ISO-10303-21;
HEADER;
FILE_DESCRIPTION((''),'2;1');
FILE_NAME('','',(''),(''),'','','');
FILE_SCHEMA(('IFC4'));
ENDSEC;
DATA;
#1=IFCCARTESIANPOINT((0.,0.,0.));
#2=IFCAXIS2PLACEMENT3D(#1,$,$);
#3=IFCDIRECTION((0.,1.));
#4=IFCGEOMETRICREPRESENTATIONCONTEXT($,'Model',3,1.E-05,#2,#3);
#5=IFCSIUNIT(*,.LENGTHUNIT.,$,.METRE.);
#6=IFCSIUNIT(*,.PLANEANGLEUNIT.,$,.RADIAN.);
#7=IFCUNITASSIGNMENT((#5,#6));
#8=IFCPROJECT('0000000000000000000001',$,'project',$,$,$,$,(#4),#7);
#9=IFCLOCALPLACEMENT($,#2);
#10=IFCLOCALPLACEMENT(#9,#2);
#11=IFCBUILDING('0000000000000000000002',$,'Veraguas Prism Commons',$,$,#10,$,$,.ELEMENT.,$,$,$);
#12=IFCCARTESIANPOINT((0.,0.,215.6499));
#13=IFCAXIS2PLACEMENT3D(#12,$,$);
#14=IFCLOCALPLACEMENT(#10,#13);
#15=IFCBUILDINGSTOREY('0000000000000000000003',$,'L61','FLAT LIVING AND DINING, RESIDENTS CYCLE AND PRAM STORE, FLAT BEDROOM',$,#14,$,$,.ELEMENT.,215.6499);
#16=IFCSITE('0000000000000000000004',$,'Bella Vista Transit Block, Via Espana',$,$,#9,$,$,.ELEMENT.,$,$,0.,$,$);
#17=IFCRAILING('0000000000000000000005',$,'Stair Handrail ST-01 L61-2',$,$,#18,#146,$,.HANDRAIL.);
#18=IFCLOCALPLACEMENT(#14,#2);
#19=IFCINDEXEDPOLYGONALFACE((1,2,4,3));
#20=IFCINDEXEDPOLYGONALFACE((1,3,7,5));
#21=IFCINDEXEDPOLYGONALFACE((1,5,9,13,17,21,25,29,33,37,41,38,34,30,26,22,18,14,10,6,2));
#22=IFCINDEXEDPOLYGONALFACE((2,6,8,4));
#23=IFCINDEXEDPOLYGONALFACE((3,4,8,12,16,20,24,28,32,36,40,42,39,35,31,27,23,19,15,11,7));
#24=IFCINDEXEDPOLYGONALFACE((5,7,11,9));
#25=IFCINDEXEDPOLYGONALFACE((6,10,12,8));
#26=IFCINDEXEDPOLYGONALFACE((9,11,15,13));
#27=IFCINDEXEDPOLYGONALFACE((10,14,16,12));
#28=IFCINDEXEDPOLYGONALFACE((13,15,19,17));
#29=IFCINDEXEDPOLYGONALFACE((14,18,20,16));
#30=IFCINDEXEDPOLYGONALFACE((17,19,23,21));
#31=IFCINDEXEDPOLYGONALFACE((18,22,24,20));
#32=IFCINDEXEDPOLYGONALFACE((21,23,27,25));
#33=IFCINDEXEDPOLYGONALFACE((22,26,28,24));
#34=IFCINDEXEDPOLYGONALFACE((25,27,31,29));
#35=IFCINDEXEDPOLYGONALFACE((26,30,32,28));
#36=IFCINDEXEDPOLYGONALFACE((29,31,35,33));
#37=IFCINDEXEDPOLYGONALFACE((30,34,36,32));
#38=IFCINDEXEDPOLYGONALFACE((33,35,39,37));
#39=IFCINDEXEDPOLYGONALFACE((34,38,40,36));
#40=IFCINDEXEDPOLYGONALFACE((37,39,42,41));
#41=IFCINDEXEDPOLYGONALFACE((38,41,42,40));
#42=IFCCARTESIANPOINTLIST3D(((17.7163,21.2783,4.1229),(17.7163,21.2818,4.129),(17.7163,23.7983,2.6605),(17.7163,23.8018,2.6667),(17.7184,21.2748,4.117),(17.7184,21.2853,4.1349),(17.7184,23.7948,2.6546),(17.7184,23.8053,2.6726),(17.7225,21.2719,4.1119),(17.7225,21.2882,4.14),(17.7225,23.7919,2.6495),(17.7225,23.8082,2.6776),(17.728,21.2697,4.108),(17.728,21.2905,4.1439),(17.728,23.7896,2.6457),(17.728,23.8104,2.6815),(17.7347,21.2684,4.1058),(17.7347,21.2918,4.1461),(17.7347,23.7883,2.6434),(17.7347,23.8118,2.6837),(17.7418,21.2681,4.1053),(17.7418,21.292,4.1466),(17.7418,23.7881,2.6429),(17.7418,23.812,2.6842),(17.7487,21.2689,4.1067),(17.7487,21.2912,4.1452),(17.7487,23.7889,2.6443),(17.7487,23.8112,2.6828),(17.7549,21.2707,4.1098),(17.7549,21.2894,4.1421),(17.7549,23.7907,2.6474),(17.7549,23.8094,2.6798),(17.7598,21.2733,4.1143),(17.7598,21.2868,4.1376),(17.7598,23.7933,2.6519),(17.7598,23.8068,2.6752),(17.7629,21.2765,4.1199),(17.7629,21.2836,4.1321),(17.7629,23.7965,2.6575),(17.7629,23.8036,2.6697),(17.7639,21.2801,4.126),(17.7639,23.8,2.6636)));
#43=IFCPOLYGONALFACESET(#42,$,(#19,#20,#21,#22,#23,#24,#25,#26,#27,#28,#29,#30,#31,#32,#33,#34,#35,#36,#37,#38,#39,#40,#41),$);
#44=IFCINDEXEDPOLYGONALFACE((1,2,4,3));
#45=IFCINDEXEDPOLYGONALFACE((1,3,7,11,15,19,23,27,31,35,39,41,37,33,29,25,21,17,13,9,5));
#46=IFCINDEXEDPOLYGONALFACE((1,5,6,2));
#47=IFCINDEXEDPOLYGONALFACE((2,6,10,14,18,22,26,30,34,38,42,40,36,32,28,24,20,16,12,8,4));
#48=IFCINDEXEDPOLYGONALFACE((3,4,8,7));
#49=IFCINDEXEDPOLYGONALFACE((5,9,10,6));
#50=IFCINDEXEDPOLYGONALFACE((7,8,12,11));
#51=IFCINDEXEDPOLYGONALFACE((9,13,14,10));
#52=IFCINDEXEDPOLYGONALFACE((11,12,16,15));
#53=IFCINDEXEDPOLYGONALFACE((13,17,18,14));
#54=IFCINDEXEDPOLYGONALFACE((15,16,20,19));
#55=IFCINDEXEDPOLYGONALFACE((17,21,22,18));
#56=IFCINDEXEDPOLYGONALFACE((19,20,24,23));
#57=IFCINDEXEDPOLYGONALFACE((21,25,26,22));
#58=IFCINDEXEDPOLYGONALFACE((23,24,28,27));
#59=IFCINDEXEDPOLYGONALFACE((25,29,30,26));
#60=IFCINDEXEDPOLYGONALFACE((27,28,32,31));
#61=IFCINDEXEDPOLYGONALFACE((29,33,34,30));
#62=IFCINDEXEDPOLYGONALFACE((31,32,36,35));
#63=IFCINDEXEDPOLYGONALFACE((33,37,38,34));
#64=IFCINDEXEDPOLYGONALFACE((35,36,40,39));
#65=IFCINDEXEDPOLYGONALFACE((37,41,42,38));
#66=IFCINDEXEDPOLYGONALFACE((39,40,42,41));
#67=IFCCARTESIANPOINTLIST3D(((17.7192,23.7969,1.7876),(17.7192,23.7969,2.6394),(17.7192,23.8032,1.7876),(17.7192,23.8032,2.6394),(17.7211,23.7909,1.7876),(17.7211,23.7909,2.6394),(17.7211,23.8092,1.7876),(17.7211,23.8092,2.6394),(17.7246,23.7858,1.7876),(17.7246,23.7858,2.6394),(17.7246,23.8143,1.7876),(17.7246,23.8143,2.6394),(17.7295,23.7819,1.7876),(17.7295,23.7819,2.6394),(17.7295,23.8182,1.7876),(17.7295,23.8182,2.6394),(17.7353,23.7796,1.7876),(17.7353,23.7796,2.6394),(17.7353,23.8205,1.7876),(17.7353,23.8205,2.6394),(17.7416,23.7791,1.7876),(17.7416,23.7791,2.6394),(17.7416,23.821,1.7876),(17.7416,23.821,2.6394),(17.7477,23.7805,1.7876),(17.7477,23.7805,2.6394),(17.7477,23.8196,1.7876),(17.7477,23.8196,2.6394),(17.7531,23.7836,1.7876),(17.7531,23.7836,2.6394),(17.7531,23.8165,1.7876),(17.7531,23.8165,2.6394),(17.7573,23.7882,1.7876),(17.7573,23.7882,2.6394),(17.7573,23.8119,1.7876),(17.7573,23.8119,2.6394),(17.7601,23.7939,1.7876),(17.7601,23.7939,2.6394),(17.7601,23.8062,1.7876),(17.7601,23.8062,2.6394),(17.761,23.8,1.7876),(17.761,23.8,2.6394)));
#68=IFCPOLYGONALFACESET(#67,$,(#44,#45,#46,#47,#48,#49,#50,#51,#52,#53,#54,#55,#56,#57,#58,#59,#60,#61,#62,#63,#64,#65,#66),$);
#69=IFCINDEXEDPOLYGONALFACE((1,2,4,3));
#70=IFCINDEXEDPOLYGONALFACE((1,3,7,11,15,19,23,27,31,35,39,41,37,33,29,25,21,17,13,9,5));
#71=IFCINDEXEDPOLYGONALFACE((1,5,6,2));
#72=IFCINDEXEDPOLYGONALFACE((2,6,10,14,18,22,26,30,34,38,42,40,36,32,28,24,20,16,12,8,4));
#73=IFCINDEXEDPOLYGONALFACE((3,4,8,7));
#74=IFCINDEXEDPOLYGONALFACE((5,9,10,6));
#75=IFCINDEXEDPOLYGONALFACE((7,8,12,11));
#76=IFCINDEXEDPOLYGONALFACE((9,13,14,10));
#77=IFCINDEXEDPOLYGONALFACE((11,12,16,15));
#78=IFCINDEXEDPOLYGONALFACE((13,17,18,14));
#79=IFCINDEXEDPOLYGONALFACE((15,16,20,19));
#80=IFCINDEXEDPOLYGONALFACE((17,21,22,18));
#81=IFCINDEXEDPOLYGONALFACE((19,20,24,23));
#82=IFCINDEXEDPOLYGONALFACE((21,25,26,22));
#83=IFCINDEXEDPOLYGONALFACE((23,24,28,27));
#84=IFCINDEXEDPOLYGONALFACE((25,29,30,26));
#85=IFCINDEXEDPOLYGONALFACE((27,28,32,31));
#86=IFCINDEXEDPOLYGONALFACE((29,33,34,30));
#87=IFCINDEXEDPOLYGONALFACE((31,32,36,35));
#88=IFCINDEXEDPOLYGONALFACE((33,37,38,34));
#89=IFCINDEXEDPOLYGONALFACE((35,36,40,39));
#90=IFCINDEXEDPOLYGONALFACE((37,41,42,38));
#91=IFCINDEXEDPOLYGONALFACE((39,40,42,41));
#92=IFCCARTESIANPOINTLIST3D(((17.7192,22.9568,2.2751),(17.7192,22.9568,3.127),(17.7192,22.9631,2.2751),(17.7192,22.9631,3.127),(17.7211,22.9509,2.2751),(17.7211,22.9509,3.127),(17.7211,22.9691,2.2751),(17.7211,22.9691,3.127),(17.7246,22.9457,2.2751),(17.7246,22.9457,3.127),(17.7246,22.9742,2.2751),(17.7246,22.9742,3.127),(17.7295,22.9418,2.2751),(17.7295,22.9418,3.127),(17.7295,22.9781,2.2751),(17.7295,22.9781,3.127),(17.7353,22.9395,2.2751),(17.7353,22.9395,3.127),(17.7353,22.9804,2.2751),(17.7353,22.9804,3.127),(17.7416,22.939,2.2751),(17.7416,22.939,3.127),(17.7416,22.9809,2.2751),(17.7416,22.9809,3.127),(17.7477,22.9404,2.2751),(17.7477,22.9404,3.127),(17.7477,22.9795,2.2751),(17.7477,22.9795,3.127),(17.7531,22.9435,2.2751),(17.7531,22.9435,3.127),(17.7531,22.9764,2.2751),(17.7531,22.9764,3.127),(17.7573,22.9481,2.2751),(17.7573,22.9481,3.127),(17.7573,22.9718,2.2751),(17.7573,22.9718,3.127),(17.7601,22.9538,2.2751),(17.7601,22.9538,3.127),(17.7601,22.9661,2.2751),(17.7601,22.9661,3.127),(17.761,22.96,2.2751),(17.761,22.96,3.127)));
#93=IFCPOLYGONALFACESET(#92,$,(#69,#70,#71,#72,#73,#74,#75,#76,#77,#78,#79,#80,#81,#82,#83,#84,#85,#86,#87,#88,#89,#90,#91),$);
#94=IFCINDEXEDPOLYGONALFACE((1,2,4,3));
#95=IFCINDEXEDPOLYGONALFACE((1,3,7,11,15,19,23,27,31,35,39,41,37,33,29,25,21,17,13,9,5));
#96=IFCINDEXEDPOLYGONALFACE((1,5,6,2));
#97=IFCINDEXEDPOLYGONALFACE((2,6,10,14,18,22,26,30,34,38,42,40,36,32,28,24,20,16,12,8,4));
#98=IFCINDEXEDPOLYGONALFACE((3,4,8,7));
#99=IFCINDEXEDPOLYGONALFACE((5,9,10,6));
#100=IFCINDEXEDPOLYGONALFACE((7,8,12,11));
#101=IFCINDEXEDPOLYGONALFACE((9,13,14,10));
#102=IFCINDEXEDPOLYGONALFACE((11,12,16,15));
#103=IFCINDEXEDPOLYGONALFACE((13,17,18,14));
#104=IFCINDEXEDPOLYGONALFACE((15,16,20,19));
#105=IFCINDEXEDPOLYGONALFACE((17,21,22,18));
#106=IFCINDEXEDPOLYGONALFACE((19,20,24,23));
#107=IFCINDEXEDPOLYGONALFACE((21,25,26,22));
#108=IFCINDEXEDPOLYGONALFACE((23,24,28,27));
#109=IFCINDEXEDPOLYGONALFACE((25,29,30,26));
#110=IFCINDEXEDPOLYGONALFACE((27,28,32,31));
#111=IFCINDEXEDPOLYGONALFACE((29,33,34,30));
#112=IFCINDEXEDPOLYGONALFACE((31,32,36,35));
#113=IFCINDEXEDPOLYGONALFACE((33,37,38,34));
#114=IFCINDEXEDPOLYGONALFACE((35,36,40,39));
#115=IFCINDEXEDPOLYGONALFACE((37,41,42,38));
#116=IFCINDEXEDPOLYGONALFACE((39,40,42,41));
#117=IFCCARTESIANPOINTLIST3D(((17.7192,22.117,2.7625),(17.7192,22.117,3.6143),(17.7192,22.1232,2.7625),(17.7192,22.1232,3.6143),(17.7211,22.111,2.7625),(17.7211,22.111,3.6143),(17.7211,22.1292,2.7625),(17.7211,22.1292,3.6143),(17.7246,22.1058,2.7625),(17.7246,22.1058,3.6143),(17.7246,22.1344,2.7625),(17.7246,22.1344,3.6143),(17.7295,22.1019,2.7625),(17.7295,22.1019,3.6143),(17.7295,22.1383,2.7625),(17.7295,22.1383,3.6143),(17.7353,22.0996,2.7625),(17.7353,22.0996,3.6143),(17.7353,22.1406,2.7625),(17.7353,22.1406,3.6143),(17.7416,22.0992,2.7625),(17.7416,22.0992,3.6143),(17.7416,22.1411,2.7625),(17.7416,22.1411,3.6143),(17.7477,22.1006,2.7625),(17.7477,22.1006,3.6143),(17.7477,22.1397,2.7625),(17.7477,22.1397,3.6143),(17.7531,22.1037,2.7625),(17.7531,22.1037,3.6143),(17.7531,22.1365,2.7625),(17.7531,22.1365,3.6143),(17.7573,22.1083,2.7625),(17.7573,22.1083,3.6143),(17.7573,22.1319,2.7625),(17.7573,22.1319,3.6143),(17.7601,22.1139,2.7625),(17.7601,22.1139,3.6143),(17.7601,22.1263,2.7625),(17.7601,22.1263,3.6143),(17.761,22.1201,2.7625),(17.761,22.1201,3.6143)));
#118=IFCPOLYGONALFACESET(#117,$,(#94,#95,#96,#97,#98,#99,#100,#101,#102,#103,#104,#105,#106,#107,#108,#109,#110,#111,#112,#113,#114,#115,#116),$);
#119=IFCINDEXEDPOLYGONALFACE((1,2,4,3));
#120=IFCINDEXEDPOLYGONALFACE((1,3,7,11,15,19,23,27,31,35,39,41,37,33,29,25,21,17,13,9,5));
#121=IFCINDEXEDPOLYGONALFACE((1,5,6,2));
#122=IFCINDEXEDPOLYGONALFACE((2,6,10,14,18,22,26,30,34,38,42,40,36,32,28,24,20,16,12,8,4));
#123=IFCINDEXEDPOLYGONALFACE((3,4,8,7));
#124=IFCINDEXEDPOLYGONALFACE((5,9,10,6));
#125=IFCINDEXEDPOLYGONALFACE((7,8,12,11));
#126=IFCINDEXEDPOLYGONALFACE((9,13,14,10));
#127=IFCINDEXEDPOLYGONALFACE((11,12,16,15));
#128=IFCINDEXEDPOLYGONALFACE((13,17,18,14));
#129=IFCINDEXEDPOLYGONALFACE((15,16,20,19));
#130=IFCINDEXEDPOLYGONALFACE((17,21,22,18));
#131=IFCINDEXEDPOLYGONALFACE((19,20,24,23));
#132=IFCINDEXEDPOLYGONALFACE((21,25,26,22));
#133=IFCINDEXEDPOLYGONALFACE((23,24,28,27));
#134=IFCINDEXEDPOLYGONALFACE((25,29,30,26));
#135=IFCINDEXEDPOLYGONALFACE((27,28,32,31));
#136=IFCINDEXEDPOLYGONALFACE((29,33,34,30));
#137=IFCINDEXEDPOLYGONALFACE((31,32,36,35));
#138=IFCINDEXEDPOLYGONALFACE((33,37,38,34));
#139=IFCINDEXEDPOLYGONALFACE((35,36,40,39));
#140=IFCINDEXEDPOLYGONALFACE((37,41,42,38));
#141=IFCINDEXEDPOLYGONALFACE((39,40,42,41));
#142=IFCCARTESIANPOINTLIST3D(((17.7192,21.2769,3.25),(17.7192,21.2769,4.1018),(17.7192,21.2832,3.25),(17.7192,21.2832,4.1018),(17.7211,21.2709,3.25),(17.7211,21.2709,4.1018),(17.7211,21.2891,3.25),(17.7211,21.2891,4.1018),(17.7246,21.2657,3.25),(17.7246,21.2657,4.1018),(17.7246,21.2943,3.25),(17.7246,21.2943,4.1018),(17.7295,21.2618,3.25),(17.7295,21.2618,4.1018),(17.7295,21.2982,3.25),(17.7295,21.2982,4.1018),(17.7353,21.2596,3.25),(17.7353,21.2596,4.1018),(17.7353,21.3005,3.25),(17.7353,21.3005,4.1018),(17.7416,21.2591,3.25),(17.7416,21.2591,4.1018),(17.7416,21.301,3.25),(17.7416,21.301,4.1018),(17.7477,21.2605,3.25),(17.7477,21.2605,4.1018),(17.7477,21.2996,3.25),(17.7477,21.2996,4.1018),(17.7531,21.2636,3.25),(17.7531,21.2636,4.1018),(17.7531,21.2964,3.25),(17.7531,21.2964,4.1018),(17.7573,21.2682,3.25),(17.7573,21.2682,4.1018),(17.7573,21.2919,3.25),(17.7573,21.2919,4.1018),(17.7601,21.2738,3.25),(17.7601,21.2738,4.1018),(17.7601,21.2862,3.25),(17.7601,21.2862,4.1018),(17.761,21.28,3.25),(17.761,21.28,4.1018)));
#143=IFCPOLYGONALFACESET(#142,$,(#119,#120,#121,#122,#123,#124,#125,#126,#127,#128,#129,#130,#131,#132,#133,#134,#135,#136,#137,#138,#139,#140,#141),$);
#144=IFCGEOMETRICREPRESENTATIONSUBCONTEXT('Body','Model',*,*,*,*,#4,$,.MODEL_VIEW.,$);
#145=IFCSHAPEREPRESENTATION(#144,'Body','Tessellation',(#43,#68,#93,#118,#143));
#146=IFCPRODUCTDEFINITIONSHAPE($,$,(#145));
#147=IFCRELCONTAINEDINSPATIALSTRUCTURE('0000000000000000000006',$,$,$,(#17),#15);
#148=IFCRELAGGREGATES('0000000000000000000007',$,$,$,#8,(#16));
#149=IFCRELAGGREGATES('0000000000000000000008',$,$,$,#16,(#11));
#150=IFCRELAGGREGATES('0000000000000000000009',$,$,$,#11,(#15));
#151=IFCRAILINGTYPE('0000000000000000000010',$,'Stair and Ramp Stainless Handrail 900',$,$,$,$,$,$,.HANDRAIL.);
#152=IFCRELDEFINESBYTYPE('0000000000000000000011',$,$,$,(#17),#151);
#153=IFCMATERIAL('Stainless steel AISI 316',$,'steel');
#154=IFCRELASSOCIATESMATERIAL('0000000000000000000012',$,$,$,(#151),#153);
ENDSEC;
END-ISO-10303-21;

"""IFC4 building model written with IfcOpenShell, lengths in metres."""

from ifc_helpers import new_model, si_unit, direction, frame, origin, origin_2d, place, context, subcontext, project, spatial, circle, extrude, material, type_object, element, save


model = new_model("IFC4")

# Units and contexts
model_context = context("Model", 3, precision=1e-05, world=origin(), true_north=direction((0.0, 1.0)))
body_context = subcontext(model_context, "Body", "Model", "MODEL_VIEW")
ifc_project = project(units=[si_unit("LENGTHUNIT", "METRE"), si_unit("PLANEANGLEUNIT", "RADIAN")], contexts=[model_context])

# Site, building, storey
site_placement = place(None, origin())
site = spatial("IfcSite", under=ifc_project, at=site_placement, Name="Bella Vista Transit Block, Via Espana", CompositionType="ELEMENT", RefElevation=0.0)
building_placement = place(site_placement, origin())
building = spatial("IfcBuilding", under=site, at=building_placement, Name="Veraguas Prism Commons", CompositionType="ELEMENT")
storey_placement = place(building_placement, frame((0.0, 0.0, 215.6499)))
storey = spatial("IfcBuildingStorey", under=building, at=storey_placement, Name="L61", Description="FLAT LIVING AND DINING, RESIDENTS CYCLE AND PRAM STORE, FLAT BEDROOM", CompositionType="ELEMENT", Elevation=215.6499)

# Railing
ifc_material_1 = material(Name="Stainless steel AISI 316", Category="steel")
railing_type_1 = type_object("IfcRailingType", Name="Stair and Ramp Stainless Handrail 900", PredefinedType="HANDRAIL", material=ifc_material_1)
railing_1_placement = place(storey_placement, frame((17.74, 23.8, 1.7876)))
element("IfcRailing", 1, at=railing_1_placement, inside=storey, type_object=railing_type_1, Name="Stair Handrail ST-01 L61-2", PredefinedType="HANDRAIL", context=body_context, shape_type="SweptSolid", body=[
    extrude(circle(Radius=0.0239, at=origin_2d()), frame((0.0, 0.0, 0.876), z_axis=(0.0, -0.864913, 0.501921), x_axis=(1.0, 0.0, 0.0)), (0.0, 0.0, 1.0), 2.9136),
    extrude(circle(Radius=0.021, at=origin_2d()), origin(), (0.0, 0.0, 1.0), 0.8518),
    extrude(circle(Radius=0.021, at=origin_2d()), frame((0.0, -0.8401, 0.4875)), (0.0, 0.0, 1.0), 0.8518),
    extrude(circle(Radius=0.021, at=origin_2d()), frame((0.0, -1.6799, 0.9749)), (0.0, 0.0, 1.0), 0.8518),
    extrude(circle(Radius=0.021, at=origin_2d()), frame((0.0, -2.52, 1.4624)), (0.0, 0.0, 1.0), 0.8518),
])

save(model, "model.ifc")
